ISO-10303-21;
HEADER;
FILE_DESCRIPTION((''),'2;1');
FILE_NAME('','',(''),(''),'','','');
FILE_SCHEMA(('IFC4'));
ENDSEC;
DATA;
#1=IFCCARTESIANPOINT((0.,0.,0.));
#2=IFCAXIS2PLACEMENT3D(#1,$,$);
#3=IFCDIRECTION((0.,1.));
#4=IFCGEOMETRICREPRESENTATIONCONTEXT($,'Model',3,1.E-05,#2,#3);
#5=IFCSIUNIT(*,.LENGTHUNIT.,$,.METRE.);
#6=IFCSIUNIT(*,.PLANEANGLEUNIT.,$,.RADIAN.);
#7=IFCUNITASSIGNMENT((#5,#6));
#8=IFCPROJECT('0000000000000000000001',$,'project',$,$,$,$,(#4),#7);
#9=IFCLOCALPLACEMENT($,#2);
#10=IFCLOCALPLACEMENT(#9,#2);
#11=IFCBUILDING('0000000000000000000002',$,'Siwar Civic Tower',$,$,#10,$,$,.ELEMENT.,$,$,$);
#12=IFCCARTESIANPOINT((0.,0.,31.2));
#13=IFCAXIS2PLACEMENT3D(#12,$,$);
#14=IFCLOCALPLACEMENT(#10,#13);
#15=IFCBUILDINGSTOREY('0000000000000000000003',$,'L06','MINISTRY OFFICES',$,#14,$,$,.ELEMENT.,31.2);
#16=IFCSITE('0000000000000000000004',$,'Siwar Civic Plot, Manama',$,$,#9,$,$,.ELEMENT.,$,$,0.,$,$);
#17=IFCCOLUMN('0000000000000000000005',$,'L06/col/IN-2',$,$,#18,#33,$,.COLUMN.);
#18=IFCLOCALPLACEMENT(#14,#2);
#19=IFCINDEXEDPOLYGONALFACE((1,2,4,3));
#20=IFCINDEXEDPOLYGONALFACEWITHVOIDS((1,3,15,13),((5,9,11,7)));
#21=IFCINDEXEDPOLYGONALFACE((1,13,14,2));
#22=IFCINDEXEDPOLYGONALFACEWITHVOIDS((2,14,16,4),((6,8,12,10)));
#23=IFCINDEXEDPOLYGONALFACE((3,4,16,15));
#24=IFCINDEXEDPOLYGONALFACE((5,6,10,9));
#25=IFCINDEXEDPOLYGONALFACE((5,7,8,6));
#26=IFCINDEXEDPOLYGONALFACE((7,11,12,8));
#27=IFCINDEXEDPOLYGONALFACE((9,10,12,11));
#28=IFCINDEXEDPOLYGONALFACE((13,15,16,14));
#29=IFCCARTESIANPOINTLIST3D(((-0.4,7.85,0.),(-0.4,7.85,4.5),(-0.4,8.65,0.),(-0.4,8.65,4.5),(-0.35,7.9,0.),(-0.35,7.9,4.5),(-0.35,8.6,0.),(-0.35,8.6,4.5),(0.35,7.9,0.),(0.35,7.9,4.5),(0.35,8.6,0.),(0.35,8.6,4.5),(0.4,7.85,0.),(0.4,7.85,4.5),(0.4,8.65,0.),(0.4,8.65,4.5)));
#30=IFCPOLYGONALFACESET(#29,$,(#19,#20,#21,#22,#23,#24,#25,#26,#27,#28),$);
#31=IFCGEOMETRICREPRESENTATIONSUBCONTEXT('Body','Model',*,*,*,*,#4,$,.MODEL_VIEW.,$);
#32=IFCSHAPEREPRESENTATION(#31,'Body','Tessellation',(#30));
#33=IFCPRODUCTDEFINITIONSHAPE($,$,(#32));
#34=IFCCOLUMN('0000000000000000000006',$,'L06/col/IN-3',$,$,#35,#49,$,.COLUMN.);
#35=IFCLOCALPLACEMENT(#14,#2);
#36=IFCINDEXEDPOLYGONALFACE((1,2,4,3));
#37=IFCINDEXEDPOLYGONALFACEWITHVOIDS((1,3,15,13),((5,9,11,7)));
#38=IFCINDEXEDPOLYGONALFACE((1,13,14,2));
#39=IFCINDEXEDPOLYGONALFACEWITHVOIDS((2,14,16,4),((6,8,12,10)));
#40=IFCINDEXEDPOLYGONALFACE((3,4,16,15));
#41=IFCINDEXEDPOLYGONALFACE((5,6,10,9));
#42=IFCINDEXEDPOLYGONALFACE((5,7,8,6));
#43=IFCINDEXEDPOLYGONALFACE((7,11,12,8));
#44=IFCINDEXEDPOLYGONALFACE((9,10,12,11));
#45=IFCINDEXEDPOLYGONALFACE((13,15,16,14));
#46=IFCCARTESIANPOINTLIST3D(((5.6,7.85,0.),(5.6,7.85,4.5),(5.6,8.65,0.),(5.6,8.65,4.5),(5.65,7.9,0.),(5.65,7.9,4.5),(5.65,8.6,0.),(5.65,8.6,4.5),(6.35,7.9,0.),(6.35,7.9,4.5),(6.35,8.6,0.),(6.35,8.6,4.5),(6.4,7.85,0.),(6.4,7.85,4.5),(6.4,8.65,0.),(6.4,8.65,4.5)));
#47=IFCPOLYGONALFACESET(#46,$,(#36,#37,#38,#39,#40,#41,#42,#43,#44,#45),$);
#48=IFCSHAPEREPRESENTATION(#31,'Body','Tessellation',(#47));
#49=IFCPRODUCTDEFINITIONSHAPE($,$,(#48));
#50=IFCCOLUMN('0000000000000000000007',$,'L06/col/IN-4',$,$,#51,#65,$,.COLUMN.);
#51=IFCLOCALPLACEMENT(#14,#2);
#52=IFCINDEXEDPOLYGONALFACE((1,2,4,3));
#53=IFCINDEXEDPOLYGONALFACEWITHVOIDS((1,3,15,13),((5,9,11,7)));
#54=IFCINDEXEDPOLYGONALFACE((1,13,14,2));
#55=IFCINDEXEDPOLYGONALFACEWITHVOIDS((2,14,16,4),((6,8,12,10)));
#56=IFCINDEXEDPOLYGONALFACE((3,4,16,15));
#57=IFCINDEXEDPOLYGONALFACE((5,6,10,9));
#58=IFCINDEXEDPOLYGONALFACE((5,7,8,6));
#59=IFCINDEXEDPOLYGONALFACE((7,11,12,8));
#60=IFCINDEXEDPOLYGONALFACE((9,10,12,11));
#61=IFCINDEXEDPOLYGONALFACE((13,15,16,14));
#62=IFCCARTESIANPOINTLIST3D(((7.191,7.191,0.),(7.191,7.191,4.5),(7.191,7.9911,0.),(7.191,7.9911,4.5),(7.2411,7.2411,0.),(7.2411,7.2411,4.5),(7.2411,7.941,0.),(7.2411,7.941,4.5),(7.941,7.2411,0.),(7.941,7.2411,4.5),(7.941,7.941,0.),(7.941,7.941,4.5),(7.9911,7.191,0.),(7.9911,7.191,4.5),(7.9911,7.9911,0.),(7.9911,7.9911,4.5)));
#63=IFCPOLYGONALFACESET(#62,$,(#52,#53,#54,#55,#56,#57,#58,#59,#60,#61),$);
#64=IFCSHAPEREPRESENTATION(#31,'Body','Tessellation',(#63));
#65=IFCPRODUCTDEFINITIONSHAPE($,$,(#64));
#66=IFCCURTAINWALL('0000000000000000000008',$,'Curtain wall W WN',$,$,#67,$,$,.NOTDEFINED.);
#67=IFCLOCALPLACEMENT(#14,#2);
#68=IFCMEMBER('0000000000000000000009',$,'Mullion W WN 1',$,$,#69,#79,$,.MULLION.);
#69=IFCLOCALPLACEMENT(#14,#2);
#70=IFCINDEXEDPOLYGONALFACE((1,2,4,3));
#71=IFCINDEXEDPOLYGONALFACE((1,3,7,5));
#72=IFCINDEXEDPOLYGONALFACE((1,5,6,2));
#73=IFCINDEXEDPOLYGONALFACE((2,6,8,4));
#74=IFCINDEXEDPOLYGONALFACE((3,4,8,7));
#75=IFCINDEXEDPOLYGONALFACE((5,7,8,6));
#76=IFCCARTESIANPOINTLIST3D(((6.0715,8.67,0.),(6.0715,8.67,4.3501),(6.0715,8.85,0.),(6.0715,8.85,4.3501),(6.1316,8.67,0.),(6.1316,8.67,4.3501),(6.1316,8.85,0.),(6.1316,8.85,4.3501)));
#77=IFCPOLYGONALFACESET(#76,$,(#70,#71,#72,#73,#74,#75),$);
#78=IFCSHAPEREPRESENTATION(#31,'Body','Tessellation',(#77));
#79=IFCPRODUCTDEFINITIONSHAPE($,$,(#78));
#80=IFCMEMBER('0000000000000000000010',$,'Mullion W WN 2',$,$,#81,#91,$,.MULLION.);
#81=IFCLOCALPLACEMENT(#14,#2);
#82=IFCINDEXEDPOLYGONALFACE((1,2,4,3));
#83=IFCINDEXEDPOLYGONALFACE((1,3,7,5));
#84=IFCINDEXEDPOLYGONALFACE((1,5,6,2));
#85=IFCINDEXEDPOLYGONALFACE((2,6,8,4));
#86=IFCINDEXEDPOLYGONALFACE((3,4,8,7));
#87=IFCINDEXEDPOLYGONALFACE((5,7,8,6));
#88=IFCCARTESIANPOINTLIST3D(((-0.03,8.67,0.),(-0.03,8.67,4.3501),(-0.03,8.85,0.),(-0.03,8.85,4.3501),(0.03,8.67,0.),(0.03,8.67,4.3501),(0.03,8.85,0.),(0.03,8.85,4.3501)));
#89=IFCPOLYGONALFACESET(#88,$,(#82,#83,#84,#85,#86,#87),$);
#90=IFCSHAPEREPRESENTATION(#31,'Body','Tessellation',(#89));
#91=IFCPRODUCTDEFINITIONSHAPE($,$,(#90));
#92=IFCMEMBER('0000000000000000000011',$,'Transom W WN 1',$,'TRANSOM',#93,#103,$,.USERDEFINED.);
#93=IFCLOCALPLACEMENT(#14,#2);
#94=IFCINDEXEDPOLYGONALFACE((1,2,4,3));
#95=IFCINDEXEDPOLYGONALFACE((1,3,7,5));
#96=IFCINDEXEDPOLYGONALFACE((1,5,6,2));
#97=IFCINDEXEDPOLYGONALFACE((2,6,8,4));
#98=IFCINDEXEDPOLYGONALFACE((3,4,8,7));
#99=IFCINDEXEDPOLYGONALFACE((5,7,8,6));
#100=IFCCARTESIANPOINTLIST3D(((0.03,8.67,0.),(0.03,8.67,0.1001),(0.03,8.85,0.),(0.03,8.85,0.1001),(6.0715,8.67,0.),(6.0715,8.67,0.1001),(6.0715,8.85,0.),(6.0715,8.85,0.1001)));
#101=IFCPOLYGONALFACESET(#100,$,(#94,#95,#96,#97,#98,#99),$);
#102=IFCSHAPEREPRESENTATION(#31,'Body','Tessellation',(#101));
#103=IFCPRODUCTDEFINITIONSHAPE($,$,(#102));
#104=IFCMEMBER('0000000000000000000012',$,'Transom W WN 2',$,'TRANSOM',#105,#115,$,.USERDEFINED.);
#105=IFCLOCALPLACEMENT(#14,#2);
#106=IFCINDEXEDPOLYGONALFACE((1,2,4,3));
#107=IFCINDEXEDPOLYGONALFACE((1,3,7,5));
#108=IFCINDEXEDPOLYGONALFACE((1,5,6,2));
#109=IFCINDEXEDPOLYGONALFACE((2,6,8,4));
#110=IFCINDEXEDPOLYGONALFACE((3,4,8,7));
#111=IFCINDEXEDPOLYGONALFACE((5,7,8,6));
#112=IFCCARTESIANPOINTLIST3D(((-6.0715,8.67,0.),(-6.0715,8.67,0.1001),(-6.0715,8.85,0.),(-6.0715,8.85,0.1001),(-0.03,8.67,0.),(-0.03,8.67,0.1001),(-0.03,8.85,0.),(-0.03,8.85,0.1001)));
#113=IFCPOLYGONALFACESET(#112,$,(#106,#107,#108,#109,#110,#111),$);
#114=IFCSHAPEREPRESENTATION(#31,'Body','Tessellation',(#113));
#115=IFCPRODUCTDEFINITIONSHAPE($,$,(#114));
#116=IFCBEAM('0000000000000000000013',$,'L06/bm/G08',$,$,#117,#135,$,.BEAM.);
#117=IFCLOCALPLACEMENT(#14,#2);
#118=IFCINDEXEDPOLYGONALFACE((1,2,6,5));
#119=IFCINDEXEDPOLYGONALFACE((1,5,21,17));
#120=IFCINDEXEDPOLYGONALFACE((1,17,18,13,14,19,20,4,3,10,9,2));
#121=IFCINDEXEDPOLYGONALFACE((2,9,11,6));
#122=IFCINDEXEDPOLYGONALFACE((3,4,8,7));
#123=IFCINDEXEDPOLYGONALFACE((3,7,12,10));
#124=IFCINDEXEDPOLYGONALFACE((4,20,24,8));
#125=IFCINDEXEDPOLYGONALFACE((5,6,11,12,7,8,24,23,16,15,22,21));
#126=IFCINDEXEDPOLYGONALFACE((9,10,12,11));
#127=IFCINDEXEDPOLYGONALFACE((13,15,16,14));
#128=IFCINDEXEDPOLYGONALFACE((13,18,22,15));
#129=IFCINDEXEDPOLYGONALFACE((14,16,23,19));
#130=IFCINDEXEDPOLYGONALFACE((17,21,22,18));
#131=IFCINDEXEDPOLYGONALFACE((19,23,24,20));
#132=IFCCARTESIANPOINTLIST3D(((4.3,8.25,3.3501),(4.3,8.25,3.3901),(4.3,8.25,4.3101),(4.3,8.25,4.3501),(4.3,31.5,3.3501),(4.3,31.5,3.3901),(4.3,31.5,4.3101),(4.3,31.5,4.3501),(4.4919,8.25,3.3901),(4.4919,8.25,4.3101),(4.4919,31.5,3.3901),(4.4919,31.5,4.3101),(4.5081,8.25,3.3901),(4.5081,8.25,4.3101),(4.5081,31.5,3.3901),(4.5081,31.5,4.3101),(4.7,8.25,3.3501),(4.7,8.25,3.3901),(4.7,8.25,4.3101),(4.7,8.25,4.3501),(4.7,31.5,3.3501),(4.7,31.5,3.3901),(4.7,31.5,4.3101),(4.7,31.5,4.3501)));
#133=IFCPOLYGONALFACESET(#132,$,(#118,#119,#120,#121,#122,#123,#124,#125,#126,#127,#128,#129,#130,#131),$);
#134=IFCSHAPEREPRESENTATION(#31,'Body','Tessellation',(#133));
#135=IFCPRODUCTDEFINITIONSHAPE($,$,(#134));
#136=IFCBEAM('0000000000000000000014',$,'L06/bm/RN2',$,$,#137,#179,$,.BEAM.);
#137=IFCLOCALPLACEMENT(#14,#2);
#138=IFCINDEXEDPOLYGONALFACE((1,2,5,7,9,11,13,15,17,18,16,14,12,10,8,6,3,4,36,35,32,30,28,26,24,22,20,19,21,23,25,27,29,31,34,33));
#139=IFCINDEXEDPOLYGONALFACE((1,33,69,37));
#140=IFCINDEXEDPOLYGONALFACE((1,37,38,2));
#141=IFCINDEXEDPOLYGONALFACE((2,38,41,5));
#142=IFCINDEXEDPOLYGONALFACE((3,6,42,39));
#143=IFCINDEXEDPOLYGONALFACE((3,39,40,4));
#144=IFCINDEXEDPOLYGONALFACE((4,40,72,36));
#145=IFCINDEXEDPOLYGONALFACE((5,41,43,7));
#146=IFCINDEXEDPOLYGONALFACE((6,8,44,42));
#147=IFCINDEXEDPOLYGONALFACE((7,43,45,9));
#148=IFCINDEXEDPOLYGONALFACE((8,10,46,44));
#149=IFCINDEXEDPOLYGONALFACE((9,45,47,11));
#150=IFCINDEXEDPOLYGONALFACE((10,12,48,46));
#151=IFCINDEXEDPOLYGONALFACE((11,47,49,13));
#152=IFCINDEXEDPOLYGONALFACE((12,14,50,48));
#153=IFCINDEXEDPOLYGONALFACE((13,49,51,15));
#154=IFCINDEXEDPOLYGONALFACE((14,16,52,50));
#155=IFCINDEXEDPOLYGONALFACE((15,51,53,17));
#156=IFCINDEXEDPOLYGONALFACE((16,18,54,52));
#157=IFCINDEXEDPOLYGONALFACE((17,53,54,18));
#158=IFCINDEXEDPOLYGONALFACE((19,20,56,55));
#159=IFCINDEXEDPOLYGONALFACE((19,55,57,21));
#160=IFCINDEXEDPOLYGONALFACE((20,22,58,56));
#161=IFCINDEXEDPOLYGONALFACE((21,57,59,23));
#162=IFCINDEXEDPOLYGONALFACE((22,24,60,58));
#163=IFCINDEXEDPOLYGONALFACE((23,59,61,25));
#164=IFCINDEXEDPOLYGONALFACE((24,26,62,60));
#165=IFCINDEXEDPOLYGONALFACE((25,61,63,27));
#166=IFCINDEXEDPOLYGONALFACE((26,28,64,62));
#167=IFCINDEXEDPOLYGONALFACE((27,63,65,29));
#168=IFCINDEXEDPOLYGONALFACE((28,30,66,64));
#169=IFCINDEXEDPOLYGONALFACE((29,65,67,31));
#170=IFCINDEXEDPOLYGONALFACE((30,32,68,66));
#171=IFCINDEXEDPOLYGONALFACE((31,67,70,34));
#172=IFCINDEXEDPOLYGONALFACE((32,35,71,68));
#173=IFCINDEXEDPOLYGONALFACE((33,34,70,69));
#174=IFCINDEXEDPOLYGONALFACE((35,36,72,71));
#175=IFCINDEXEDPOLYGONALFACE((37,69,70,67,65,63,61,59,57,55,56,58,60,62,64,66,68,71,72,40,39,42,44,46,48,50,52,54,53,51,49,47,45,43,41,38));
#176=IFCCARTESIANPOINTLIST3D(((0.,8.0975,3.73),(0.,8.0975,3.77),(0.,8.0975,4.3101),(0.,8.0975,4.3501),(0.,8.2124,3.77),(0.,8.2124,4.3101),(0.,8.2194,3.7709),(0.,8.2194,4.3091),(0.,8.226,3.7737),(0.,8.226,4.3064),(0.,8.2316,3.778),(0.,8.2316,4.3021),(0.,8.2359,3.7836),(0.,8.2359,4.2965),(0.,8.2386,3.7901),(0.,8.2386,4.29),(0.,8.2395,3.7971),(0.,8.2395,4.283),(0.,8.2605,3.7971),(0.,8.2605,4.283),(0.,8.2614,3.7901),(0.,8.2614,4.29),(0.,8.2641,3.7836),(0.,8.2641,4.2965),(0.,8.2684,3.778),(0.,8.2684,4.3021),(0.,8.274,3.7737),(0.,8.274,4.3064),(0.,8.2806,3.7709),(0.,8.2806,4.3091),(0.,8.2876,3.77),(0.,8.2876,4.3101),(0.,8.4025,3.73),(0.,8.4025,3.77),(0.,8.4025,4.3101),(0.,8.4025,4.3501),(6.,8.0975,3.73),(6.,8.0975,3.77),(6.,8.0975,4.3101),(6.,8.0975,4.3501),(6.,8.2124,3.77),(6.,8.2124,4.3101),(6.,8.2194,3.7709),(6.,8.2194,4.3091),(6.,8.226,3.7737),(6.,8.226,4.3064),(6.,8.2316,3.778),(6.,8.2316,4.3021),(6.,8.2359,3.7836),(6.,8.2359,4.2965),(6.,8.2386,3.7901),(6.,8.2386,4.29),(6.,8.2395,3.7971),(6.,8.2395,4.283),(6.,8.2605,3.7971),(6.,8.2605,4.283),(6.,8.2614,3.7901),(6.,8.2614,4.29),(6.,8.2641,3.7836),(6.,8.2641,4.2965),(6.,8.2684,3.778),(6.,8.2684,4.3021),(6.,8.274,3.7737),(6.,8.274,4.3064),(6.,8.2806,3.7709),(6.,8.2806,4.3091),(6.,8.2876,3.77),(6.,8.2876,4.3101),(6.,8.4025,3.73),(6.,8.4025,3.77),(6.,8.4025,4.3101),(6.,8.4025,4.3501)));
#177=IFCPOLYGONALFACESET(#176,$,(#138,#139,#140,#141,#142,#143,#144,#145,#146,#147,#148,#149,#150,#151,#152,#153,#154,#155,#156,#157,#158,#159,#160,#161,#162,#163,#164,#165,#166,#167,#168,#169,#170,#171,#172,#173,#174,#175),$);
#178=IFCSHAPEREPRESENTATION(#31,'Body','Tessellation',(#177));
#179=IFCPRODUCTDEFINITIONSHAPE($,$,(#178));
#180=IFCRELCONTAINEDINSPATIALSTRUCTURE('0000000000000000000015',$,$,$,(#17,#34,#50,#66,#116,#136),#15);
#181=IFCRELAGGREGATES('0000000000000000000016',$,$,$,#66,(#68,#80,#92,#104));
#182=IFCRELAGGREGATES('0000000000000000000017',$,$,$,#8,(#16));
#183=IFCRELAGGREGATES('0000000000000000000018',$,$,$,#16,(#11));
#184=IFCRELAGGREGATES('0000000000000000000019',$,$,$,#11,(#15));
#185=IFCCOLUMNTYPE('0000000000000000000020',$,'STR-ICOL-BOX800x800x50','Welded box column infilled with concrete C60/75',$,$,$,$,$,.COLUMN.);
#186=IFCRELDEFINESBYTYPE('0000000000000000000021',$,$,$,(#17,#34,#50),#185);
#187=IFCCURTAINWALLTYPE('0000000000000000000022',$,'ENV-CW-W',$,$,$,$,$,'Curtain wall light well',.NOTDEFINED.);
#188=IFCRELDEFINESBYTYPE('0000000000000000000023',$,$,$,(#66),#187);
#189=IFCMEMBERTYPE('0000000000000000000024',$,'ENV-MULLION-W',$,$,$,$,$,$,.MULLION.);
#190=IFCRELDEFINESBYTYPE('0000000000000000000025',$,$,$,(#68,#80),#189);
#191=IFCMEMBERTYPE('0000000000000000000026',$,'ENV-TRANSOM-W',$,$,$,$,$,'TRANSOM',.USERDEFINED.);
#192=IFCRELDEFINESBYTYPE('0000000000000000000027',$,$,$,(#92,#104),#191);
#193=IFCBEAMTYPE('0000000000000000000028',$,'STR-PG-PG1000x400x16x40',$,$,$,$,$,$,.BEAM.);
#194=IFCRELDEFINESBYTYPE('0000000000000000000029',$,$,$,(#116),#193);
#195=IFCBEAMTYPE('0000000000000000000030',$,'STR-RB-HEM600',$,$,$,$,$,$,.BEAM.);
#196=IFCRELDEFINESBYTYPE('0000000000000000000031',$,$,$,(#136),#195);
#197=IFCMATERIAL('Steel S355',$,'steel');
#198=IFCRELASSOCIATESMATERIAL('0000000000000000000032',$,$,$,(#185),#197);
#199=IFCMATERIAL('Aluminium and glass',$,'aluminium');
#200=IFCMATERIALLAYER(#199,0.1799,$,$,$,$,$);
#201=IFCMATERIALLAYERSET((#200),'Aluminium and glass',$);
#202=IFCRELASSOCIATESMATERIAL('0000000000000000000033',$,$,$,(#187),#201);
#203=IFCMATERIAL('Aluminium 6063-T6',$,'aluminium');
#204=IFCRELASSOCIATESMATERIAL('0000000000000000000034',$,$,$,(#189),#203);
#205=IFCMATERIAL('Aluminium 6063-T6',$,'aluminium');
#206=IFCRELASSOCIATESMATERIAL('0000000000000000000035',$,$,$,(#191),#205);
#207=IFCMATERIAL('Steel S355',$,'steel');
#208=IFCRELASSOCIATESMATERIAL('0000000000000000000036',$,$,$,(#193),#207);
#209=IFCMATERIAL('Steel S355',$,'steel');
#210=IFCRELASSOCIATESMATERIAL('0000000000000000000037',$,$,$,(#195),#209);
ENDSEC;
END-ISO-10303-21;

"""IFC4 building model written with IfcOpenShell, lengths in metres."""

from ifc_helpers import new_model, si_unit, direction, frame, origin, origin_2d, place, context, subcontext, project, spatial, rectangle, hollow_rectangle, i_section, extrude, material, layer, layer_set, material_profile, profile_set, type_object, element, aggregate, save


model = new_model("IFC4")

# Units and contexts
model_context = context("Model", 3, precision=1e-05, world=origin(), true_north=direction((0.0, 1.0)))
body_context = subcontext(model_context, "Body", "Model", "MODEL_VIEW")
ifc_project = project(units=[si_unit("LENGTHUNIT", "METRE"), si_unit("PLANEANGLEUNIT", "RADIAN")], contexts=[model_context])

# Site, building, storey
site_placement = place(None, origin())
site = spatial("IfcSite", under=ifc_project, at=site_placement, Name="Siwar Civic Plot, Manama", CompositionType="ELEMENT", RefElevation=0.0)
building_placement = place(site_placement, origin())
building = spatial("IfcBuilding", under=site, at=building_placement, Name="Siwar Civic Tower", CompositionType="ELEMENT")
storey_placement = place(building_placement, frame((0.0, 0.0, 31.2)))
storey = spatial("IfcBuildingStorey", under=building, at=storey_placement, Name="L06", Description="MINISTRY OFFICES", CompositionType="ELEMENT", Elevation=31.2)

# Columns
ifc_material_1 = material(Name="Steel S355", Category="steel")
ifc_material_profile_1 = material_profile(ifc_material_1, hollow_rectangle(XDim=0.8, YDim=0.8, WallThickness=0.05, at=origin_2d()), Name="BOX800x800x50")
ifc_profile_set_1 = profile_set([ifc_material_profile_1], Name="Steel S355")
column_type = type_object("IfcColumnType", Name="STR-ICOL-BOX800x800x50", Description="Welded box column infilled with concrete C60/75", PredefinedType="COLUMN", material=ifc_profile_set_1)
for number, where, z_axis, x_axis, name in (
    (1, (0.0, 8.25, 0.0), (0.0, 0.0, 1.0), (1.0, 0.0, 0.0), "L06/col/IN-2"),
    (2, (6.0, 8.25, 0.0), (0.0, 0.0, 1.0), (1.0, 0.0, 0.0), "L06/col/IN-3"),
    (3, (7.5911, 7.5911, 0.0), (0.0, 0.0, 1.0), (1.0, 0.0, 0.0), "L06/col/IN-4"),
):
    element("IfcColumn", number, at=place(storey_placement, frame(where, z_axis=z_axis, x_axis=x_axis)), inside=storey, type_object=column_type, Name=name, PredefinedType="COLUMN", context=body_context, shape_type="SweptSolid", body=[
        extrude(hollow_rectangle(XDim=0.8, YDim=0.8, WallThickness=0.05, at=origin_2d()), origin(), (0.0, 0.0, 1.0), 4.5),
    ])

# Curtain wall, members
ifc_material_2 = material(Name="Aluminium and glass", Category="aluminium")
ifc_layer_1 = layer(ifc_material_2, 0.1799)
ifc_layer_set_1 = layer_set([ifc_layer_1], Name="Aluminium and glass")
curtain_wall_type = type_object("IfcCurtainWallType", Name="ENV-CW-W", ElementType="Curtain wall light well", PredefinedType="NOTDEFINED", material=ifc_layer_set_1)
curtain_wall_placement = place(storey_placement, origin())
curtain_wall = element("IfcCurtainWall", 4, at=curtain_wall_placement, inside=storey, type_object=curtain_wall_type, Name="Curtain wall W WN", PredefinedType="NOTDEFINED")
ifc_material_3 = material(Name="Aluminium 6063-T6", Category="aluminium")
ifc_material_profile_2 = material_profile(ifc_material_3, rectangle(XDim=0.1799, YDim=0.0601, at=origin_2d()), Name="AL 180x60")
ifc_profile_set_2 = profile_set([ifc_material_profile_2], Name="Aluminium 6063-T6")
member_type_1 = type_object("IfcMemberType", Name="ENV-MULLION-W", PredefinedType="MULLION", material=ifc_profile_set_2)
member_1_placement = place(storey_placement, frame((6.1016, 8.76, 0.0), z_axis=(0.0, 0.0, 1.0), x_axis=(0.0, -1.0, 0.0)))
member_1 = element("IfcMember", 5, at=member_1_placement, type_object=member_type_1, Name="Mullion W WN 1", PredefinedType="MULLION", context=body_context, shape_type="SweptSolid", body=[
    extrude(rectangle(XDim=0.1799, YDim=0.0601, at=origin_2d()), origin(), (0.0, 0.0, 1.0), 4.3501),
])
member_2_placement = place(storey_placement, frame((0.0, 8.76, 0.0), z_axis=(0.0, 0.0, 1.0), x_axis=(0.0, -1.0, 0.0)))
member_2 = element("IfcMember", 6, at=member_2_placement, type_object=member_type_1, Name="Mullion W WN 2", PredefinedType="MULLION", context=body_context, shape_type="SweptSolid", body=[
    extrude(rectangle(XDim=0.1799, YDim=0.0601, at=origin_2d()), origin(), (0.0, 0.0, 1.0), 4.3501),
])
ifc_material_4 = material(Name="Aluminium 6063-T6", Category="aluminium")
ifc_material_profile_3 = material_profile(ifc_material_4, rectangle(XDim=0.1799, YDim=0.1001, at=origin_2d()), Name="AL 180x100")
ifc_profile_set_3 = profile_set([ifc_material_profile_3], Name="Aluminium 6063-T6")
member_type_2 = type_object("IfcMemberType", Name="ENV-TRANSOM-W", ElementType="TRANSOM", PredefinedType="USERDEFINED", material=ifc_profile_set_3)
member_3_placement = place(storey_placement, frame((6.0715, 8.76, 0.05), z_axis=(-1.0, 0.0, 0.0), x_axis=(0.0, -1.0, 0.0)))
member_3 = element("IfcMember", 7, at=member_3_placement, type_object=member_type_2, Name="Transom W WN 1", ObjectType="TRANSOM", PredefinedType="USERDEFINED", context=body_context, shape_type="SweptSolid", body=[
    extrude(rectangle(XDim=0.1799, YDim=0.1001, at=origin_2d()), origin(), (0.0, 0.0, 1.0), 6.0415),
])
member_4_placement = place(storey_placement, frame((-0.03, 8.76, 0.05), z_axis=(-1.0, 0.0, 0.0), x_axis=(0.0, -1.0, 0.0)))
member_4 = element("IfcMember", 8, at=member_4_placement, type_object=member_type_2, Name="Transom W WN 2", ObjectType="TRANSOM", PredefinedType="USERDEFINED", context=body_context, shape_type="SweptSolid", body=[
    extrude(rectangle(XDim=0.1799, YDim=0.1001, at=origin_2d()), origin(), (0.0, 0.0, 1.0), 6.0415),
])

# Beams
ifc_material_5 = material(Name="Steel S355", Category="steel")
ifc_material_profile_4 = material_profile(ifc_material_5, i_section(OverallWidth=0.3999, OverallDepth=1.0, WebThickness=0.0161, FlangeThickness=0.04, at=origin_2d()), Name="PG1000x400x16x40")
ifc_profile_set_4 = profile_set([ifc_material_profile_4], Name="Steel S355")
beam_type_1 = type_object("IfcBeamType", Name="STR-PG-PG1000x400x16x40", PredefinedType="BEAM", material=ifc_profile_set_4)
beam_1_placement = place(storey_placement, frame((4.5, 8.25, 3.8501), z_axis=(0.0, 1.0, 0.0), x_axis=(-1.0, 0.0, 0.0)))
element("IfcBeam", 9, at=beam_1_placement, inside=storey, type_object=beam_type_1, Name="L06/bm/G08", PredefinedType="BEAM", context=body_context, shape_type="SweptSolid", body=[
    extrude(i_section(OverallWidth=0.3999, OverallDepth=1.0, WebThickness=0.0161, FlangeThickness=0.04, at=origin_2d()), origin(), (0.0, 0.0, 1.0), 23.25),
])
ifc_material_6 = material(Name="Steel S355", Category="steel")
ifc_material_profile_5 = material_profile(ifc_material_6, i_section(OverallWidth=0.3049, OverallDepth=0.6201, WebThickness=0.021, FlangeThickness=0.04, FilletRadius=0.0271, at=origin_2d()), Name="HEM600")
ifc_profile_set_5 = profile_set([ifc_material_profile_5], Name="Steel S355")
beam_type_2 = type_object("IfcBeamType", Name="STR-RB-HEM600", PredefinedType="BEAM", material=ifc_profile_set_5)
beam_2_placement = place(storey_placement, frame((0.0, 8.25, 4.04), z_axis=(1.0, 0.0, 0.0), x_axis=(0.0, 1.0, 0.0)))
element("IfcBeam", 10, at=beam_2_placement, inside=storey, type_object=beam_type_2, Name="L06/bm/RN2", PredefinedType="BEAM", context=body_context, shape_type="SweptSolid", body=[
    extrude(i_section(OverallWidth=0.3049, OverallDepth=0.6201, WebThickness=0.021, FlangeThickness=0.04, FilletRadius=0.0271, at=origin_2d()), origin(), (0.0, 0.0, 1.0), 6.0),
])

aggregate(curtain_wall, [member_1, member_2, member_3, member_4])

save(model, "model.ifc")
